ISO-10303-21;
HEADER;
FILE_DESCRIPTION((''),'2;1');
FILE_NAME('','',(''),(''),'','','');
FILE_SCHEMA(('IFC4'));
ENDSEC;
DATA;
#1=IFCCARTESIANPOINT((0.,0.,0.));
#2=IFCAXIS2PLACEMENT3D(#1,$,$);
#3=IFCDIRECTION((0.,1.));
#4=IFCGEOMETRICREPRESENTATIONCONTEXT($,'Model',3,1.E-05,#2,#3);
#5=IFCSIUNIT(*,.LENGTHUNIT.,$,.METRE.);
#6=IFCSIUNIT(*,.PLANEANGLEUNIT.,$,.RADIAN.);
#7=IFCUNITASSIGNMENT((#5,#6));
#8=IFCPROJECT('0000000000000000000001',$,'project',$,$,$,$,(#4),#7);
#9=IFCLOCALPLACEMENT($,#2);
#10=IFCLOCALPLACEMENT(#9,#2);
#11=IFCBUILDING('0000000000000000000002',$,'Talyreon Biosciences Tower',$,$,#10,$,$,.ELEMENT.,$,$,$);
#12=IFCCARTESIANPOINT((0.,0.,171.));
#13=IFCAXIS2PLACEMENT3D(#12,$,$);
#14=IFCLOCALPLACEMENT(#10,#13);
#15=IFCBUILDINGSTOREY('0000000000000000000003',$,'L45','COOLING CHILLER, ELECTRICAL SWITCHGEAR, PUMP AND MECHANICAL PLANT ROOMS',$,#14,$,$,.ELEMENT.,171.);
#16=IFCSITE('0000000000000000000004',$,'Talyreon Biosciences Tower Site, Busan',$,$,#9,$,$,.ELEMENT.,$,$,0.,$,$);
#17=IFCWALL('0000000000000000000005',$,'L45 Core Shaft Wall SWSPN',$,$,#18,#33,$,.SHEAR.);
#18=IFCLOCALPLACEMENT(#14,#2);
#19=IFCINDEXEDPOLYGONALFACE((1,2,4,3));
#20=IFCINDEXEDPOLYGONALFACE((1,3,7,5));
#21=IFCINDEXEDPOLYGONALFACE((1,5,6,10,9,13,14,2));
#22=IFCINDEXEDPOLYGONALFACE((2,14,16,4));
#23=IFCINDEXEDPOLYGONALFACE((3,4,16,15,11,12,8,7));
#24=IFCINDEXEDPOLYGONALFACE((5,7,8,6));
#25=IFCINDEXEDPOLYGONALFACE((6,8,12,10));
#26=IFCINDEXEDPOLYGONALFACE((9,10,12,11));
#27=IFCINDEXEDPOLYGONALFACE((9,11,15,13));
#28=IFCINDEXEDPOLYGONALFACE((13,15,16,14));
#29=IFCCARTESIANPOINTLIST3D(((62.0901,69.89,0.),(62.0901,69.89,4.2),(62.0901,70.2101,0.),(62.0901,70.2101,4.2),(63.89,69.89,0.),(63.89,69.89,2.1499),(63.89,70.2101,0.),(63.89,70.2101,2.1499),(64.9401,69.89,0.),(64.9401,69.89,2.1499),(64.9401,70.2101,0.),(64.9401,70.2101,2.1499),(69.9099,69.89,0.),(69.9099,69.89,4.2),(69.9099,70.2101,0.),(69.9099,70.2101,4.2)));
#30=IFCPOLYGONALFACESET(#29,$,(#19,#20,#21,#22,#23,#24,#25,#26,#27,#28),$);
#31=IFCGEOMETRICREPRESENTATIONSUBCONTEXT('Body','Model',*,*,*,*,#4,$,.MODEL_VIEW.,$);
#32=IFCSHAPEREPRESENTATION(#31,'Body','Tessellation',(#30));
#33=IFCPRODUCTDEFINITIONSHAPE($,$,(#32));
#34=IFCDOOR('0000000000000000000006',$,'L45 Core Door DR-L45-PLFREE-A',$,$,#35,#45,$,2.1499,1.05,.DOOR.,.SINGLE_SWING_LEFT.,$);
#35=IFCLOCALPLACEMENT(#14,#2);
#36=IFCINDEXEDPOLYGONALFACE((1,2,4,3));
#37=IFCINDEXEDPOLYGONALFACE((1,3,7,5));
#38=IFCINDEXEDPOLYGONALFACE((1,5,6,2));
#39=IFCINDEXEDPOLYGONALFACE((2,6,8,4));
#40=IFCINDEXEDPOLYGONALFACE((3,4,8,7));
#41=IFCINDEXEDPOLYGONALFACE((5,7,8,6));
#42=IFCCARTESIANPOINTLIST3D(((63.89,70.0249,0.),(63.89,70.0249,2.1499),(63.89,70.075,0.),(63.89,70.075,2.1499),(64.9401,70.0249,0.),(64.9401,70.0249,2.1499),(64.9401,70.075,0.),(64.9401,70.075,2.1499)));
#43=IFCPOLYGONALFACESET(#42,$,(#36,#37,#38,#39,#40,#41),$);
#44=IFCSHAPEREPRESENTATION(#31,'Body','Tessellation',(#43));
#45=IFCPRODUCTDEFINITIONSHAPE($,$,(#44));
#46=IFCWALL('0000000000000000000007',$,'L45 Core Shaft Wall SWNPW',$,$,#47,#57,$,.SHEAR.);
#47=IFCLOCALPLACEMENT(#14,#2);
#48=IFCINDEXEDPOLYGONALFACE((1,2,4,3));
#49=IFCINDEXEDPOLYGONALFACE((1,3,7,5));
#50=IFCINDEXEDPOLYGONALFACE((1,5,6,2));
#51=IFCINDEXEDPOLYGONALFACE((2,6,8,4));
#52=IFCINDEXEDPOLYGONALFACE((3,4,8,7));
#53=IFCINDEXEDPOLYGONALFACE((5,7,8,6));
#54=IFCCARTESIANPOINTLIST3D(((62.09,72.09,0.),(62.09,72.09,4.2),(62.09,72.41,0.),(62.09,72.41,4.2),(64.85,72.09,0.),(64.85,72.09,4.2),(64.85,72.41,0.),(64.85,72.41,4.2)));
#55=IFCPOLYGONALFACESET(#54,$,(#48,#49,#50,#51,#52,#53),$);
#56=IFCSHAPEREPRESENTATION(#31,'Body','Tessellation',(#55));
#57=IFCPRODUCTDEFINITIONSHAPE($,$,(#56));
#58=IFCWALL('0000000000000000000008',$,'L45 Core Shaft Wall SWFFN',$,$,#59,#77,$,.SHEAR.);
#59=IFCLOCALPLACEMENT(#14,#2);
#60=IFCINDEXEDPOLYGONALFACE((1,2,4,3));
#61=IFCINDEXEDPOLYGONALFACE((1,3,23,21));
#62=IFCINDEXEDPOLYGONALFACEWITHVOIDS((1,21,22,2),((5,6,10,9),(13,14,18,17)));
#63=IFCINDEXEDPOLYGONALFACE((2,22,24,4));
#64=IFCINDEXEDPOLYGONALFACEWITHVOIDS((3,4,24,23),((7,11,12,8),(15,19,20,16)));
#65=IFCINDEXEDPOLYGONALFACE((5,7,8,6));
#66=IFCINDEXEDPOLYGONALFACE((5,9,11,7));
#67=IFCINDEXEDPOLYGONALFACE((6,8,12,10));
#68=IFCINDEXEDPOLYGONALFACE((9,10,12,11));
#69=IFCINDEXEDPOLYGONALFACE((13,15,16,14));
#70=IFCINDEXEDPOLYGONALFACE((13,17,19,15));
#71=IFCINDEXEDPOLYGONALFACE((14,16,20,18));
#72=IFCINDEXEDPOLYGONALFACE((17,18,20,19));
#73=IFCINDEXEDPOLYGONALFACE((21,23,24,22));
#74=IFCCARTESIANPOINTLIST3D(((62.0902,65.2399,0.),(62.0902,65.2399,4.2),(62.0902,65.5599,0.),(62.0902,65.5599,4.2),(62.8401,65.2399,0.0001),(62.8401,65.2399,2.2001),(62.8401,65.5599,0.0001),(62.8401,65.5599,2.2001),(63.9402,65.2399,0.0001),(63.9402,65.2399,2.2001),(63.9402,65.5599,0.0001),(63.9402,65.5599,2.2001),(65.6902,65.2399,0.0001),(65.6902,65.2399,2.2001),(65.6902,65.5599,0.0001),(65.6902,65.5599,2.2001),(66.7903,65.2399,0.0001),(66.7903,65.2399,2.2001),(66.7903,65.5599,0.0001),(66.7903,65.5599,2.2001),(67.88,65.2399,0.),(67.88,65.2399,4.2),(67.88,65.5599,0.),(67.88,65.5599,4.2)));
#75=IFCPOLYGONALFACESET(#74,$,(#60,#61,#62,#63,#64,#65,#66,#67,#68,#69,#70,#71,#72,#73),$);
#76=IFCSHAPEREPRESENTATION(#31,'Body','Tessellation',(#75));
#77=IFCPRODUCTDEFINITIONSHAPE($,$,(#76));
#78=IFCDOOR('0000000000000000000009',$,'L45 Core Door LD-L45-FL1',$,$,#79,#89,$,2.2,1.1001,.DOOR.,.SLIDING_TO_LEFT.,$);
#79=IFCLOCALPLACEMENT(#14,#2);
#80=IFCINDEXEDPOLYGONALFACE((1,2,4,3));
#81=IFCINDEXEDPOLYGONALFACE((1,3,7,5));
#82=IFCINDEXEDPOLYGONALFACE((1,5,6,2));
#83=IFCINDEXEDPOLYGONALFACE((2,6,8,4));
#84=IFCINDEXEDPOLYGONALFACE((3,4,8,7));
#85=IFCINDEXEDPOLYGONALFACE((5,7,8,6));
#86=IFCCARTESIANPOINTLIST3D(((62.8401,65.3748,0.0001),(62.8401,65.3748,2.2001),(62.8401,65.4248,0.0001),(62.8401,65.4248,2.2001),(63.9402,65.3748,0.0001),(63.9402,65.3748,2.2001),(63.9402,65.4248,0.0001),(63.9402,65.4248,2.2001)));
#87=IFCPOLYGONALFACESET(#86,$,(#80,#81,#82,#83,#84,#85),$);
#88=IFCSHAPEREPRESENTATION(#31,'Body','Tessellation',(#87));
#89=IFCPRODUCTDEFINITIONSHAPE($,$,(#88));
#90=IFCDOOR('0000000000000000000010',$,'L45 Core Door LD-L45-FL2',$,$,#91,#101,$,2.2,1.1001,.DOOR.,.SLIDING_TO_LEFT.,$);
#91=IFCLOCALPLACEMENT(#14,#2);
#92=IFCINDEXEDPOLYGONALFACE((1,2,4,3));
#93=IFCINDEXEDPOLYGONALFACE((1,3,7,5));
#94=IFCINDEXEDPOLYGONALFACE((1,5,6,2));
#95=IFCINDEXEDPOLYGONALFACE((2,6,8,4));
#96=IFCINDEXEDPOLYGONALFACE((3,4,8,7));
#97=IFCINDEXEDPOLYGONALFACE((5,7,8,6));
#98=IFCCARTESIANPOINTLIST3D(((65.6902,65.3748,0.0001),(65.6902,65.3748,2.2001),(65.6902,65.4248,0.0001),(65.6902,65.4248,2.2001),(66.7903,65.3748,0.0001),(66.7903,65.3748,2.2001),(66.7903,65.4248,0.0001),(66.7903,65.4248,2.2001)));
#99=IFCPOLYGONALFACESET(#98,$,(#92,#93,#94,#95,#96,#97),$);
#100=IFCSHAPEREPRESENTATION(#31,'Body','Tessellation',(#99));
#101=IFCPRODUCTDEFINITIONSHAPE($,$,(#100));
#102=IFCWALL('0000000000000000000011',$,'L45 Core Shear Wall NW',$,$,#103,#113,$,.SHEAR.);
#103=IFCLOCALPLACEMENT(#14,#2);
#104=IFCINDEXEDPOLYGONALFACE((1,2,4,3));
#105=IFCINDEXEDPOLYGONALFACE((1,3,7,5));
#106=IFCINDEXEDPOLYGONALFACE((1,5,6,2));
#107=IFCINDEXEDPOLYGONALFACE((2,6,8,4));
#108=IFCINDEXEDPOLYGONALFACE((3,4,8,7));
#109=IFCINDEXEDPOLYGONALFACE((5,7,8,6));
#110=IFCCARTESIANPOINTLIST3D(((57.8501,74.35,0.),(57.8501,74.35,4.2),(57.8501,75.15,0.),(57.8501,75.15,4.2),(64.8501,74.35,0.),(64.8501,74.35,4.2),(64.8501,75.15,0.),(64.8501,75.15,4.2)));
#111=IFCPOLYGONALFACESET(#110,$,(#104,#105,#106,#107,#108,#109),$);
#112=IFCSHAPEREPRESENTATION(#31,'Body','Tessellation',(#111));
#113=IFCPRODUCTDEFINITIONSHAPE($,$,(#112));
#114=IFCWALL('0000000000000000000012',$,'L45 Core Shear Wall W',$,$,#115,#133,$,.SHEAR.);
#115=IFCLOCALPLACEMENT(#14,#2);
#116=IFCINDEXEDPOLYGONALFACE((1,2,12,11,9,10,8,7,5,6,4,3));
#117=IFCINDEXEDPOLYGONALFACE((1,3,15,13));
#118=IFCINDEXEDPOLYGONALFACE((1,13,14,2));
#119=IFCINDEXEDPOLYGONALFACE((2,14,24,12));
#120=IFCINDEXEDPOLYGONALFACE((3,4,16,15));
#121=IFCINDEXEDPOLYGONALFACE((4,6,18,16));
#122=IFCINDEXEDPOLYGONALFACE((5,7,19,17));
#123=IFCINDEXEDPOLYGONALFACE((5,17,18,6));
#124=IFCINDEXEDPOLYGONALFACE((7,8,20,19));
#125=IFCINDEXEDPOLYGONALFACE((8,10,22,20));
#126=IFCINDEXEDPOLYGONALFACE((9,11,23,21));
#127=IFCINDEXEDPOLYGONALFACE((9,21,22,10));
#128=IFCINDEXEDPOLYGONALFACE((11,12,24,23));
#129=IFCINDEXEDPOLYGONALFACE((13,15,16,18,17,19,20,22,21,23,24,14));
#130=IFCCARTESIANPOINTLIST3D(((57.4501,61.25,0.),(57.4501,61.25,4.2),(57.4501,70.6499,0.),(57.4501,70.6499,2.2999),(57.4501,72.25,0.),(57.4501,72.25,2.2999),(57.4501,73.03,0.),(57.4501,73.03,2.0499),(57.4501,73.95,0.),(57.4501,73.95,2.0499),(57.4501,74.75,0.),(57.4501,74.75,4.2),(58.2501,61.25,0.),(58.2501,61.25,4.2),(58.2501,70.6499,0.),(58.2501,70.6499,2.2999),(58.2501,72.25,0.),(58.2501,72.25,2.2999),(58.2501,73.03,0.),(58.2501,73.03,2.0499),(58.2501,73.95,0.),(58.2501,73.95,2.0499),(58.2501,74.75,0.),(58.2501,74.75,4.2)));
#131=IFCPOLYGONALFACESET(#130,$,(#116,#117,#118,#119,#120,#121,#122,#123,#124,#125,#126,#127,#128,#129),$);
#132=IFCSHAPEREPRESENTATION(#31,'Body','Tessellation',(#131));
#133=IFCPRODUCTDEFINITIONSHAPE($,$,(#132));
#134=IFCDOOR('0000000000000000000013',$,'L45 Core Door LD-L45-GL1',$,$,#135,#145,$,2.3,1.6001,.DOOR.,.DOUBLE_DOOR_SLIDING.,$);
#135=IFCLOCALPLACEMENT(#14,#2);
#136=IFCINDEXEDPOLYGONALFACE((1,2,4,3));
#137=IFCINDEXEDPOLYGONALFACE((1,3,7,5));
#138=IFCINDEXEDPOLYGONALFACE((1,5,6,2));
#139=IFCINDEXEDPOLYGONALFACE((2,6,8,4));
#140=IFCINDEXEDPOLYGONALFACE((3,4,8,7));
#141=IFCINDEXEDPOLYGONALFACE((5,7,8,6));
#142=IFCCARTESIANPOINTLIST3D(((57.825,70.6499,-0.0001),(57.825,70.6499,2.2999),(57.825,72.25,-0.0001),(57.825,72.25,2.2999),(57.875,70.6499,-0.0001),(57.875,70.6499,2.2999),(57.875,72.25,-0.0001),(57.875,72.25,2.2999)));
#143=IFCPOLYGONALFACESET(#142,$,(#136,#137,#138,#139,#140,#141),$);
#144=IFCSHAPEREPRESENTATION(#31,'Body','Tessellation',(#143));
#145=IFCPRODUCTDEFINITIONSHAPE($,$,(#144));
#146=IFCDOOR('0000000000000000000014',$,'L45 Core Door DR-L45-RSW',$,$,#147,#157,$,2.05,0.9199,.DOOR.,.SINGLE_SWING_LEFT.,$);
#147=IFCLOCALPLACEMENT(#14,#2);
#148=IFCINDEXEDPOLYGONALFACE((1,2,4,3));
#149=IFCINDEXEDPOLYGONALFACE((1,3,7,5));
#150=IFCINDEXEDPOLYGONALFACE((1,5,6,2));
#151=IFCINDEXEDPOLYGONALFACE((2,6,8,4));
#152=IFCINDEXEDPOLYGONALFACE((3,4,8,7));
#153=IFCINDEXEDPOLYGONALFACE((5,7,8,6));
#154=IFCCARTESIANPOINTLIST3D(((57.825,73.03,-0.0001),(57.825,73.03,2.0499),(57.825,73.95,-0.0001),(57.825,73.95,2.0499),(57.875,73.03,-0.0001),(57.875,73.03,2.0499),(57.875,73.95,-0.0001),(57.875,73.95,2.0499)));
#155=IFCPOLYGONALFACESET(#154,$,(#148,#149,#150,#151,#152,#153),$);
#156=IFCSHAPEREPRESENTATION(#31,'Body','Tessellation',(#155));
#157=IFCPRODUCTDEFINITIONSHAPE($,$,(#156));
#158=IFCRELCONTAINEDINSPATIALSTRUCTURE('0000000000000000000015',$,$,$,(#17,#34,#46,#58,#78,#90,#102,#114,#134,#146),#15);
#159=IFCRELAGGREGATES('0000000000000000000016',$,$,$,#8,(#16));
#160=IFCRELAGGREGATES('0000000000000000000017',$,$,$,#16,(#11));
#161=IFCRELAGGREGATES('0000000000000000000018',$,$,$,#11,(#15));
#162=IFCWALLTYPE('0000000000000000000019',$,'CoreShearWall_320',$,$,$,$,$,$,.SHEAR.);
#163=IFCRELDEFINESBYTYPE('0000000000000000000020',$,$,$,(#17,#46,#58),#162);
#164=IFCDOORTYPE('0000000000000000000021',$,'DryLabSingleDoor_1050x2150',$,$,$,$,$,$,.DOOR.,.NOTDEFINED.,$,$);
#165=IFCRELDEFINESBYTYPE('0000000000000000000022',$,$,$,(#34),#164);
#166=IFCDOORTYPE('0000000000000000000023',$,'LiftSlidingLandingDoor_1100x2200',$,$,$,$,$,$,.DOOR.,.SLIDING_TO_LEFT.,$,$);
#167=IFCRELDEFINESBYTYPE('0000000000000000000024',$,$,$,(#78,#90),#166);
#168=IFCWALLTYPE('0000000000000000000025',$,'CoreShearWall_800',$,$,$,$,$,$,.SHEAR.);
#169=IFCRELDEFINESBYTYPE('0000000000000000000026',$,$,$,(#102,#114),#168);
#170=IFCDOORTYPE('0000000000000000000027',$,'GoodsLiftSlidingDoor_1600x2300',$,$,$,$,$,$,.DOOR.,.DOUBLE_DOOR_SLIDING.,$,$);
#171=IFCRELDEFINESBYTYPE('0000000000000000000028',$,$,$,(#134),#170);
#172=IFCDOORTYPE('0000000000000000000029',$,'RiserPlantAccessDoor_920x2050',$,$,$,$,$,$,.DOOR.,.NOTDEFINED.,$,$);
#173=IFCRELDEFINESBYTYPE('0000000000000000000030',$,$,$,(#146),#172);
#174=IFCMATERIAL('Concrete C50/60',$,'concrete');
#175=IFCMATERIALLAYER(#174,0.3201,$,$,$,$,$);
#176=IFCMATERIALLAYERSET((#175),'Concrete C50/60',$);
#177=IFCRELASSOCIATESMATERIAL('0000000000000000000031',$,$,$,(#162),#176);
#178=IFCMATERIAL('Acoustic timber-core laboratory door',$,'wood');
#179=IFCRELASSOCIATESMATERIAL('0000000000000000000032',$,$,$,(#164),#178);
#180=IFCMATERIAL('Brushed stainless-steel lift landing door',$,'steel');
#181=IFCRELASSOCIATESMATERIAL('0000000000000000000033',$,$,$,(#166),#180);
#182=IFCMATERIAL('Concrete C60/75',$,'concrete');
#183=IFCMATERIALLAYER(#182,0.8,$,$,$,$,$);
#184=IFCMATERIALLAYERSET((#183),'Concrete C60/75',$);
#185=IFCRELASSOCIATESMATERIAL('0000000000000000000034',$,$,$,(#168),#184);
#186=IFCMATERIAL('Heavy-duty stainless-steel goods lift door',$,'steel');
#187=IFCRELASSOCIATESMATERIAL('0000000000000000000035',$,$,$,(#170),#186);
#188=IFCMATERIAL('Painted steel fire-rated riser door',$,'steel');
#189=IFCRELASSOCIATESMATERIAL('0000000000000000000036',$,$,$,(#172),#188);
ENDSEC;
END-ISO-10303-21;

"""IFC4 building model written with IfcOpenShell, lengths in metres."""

from ifc_helpers import new_model, si_unit, direction, frame, frame_2d, origin, place, context, subcontext, project, spatial, rectangle, extrude, material, layer, layer_set, type_object, element, fill, save


model = new_model("IFC4")

# Units and contexts
model_context = context("Model", 3, precision=1e-05, world=origin(), true_north=direction((0.0, 1.0)))
body_context = subcontext(model_context, "Body", "Model", "MODEL_VIEW")
ifc_project = project(units=[si_unit("LENGTHUNIT", "METRE"), si_unit("PLANEANGLEUNIT", "RADIAN")], contexts=[model_context])

# Site, building, storey
site_placement = place(None, origin())
site = spatial("IfcSite", under=ifc_project, at=site_placement, Name="Talyreon Biosciences Tower Site, Busan", CompositionType="ELEMENT", RefElevation=0.0)
building_placement = place(site_placement, origin())
building = spatial("IfcBuilding", under=site, at=building_placement, Name="Talyreon Biosciences Tower", CompositionType="ELEMENT")
storey_placement = place(building_placement, frame((0.0, 0.0, 171.0)))
storey = spatial("IfcBuildingStorey", under=building, at=storey_placement, Name="L45", Description="COOLING CHILLER, ELECTRICAL SWITCHGEAR, PUMP AND MECHANICAL PLANT ROOMS", CompositionType="ELEMENT", Elevation=171.0)

# Shared definitions
ifc_material_1 = material(Name="Concrete C50/60", Category="concrete")

# Shared definitions
ifc_material_2 = material(Name="Concrete C60/75", Category="concrete")

# Shared definitions
ifc_layer_1 = layer(ifc_material_1, 0.3201)
ifc_layer_set_1 = layer_set([ifc_layer_1], Name="Concrete C50/60")
wall_type_1 = type_object("IfcWallType", Name="CoreShearWall_320", PredefinedType="SHEAR", material=ifc_layer_set_1)

# Wall, opening, door
wall_1_placement = place(storey_placement, frame((62.0901, 70.05, 0.0), z_axis=(0.0, 0.0, 1.0), x_axis=(1.0, 0.0, 0.0)))
wall_1 = element("IfcWall", 1, at=wall_1_placement, inside=storey, type_object=wall_type_1, Name="L45 Core Shaft Wall SWSPN", PredefinedType="SHEAR", context=body_context, shape_type="SweptSolid", body=[
    extrude(rectangle(XDim=7.8198, YDim=0.3201, at=frame_2d((3.9099, 0.0))), origin(), (0.0, 0.0, 1.0), 4.2),
])
opening_1_placement = place(wall_1_placement, frame((1.8, 0.0, 0.0)))
opening_1 = element("IfcOpeningElement", 2, at=opening_1_placement, cuts=wall_1, PredefinedType="OPENING", context=body_context, shape_type="SweptSolid", body=[
    extrude(rectangle(XDim=1.05, YDim=2.1499, at=frame_2d((0.5249, 1.075))), frame((0.0, 0.1699, 0.0), z_axis=(0.0, -1.0, 0.0), x_axis=(1.0, 0.0, 0.0)), (0.0, 0.0, 1.0), 0.3401),
])
ifc_material_3 = material(Name="Acoustic timber-core laboratory door", Category="wood")
door_type_1 = type_object("IfcDoorType", Name="DryLabSingleDoor_1050x2150", OperationType="NOTDEFINED", PredefinedType="DOOR", material=ifc_material_3)
door_1_placement = place(opening_1_placement, origin())
door_1 = element("IfcDoor", 3, at=door_1_placement, inside=storey, type_object=door_type_1, Name="L45 Core Door DR-L45-PLFREE-A", OperationType="SINGLE_SWING_LEFT", OverallHeight=2.1499, OverallWidth=1.05, PredefinedType="DOOR", context=body_context, shape_type="SweptSolid", body=[
    extrude(rectangle(XDim=1.05, YDim=2.1499, at=frame_2d((0.5249, 1.075))), frame((0.0, 0.0249, 0.0), z_axis=(0.0, -1.0, 0.0), x_axis=(1.0, 0.0, 0.0)), (0.0, 0.0, 1.0), 0.05),
])
fill(opening_1, door_1)

# Wall
wall_2_placement = place(storey_placement, frame((62.0901, 72.25, 0.0), z_axis=(0.0, 0.0, 1.0), x_axis=(1.0, 0.0, 0.0)))
element("IfcWall", 4, at=wall_2_placement, inside=storey, type_object=wall_type_1, Name="L45 Core Shaft Wall SWNPW", PredefinedType="SHEAR", context=body_context, shape_type="SweptSolid", body=[
    extrude(rectangle(XDim=2.76, YDim=0.3201, at=frame_2d((1.3799, 0.0))), origin(), (0.0, 0.0, 1.0), 4.2),
])

# Wall, openings, doors
wall_3_placement = place(storey_placement, frame((62.0901, 65.3999, 0.0), z_axis=(0.0, 0.0, 1.0), x_axis=(1.0, 0.0, 0.0)))
wall_3 = element("IfcWall", 5, at=wall_3_placement, inside=storey, type_object=wall_type_1, Name="L45 Core Shaft Wall SWFFN", PredefinedType="SHEAR", context=body_context, shape_type="SweptSolid", body=[
    extrude(rectangle(XDim=5.7898, YDim=0.3201, at=frame_2d((2.895, 0.0))), origin(), (0.0, 0.0, 1.0), 4.2),
])
opening_2_placement = place(wall_3_placement, frame((0.75, 0.0, 0.0)))
opening_2 = element("IfcOpeningElement", 6, at=opening_2_placement, cuts=wall_3, PredefinedType="OPENING", context=body_context, shape_type="SweptSolid", body=[
    extrude(rectangle(XDim=1.1001, YDim=2.2, at=frame_2d((0.55, 1.1001))), frame((0.0, 0.1699, 0.0), z_axis=(0.0, -1.0, 0.0), x_axis=(1.0, 0.0, 0.0)), (0.0, 0.0, 1.0), 0.3401),
])
opening_3_placement = place(wall_3_placement, frame((3.6001, 0.0, 0.0)))
opening_3 = element("IfcOpeningElement", 7, at=opening_3_placement, cuts=wall_3, PredefinedType="OPENING", context=body_context, shape_type="SweptSolid", body=[
    extrude(rectangle(XDim=1.1001, YDim=2.2, at=frame_2d((0.55, 1.1001))), frame((0.0, 0.1699, 0.0), z_axis=(0.0, -1.0, 0.0), x_axis=(1.0, 0.0, 0.0)), (0.0, 0.0, 1.0), 0.3401),
])
ifc_material_4 = material(Name="Brushed stainless-steel lift landing door", Category="steel")
door_type_2 = type_object("IfcDoorType", Name="LiftSlidingLandingDoor_1100x2200", OperationType="SLIDING_TO_LEFT", PredefinedType="DOOR", material=ifc_material_4)
door_2_placement = place(opening_2_placement, origin())
door_2 = element("IfcDoor", 8, at=door_2_placement, inside=storey, type_object=door_type_2, Name="L45 Core Door LD-L45-FL1", OperationType="SLIDING_TO_LEFT", OverallHeight=2.2, OverallWidth=1.1001, PredefinedType="DOOR", context=body_context, shape_type="SweptSolid", body=[
    extrude(rectangle(XDim=1.1001, YDim=2.2, at=frame_2d((0.55, 1.1001))), frame((0.0, 0.0249, 0.0), z_axis=(0.0, -1.0, 0.0), x_axis=(1.0, 0.0, 0.0)), (0.0, 0.0, 1.0), 0.05),
])
fill(opening_2, door_2)
door_3_placement = place(opening_3_placement, origin())
door_3 = element("IfcDoor", 9, at=door_3_placement, inside=storey, type_object=door_type_2, Name="L45 Core Door LD-L45-FL2", OperationType="SLIDING_TO_LEFT", OverallHeight=2.2, OverallWidth=1.1001, PredefinedType="DOOR", context=body_context, shape_type="SweptSolid", body=[
    extrude(rectangle(XDim=1.1001, YDim=2.2, at=frame_2d((0.55, 1.1001))), frame((0.0, 0.0249, 0.0), z_axis=(0.0, -1.0, 0.0), x_axis=(1.0, 0.0, 0.0)), (0.0, 0.0, 1.0), 0.05),
])
fill(opening_3, door_3)

# Wall
ifc_layer_2 = layer(ifc_material_2, 0.8)
ifc_layer_set_2 = layer_set([ifc_layer_2], Name="Concrete C60/75")
wall_type_2 = type_object("IfcWallType", Name="CoreShearWall_800", PredefinedType="SHEAR", material=ifc_layer_set_2)
wall_4_placement = place(storey_placement, frame((64.8501, 74.75, 0.0), z_axis=(0.0, 0.0, 1.0), x_axis=(-1.0, 0.0, 0.0)))
element("IfcWall", 10, at=wall_4_placement, inside=storey, type_object=wall_type_2, Name="L45 Core Shear Wall NW", PredefinedType="SHEAR", context=body_context, shape_type="SweptSolid", body=[
    extrude(rectangle(XDim=7.0, YDim=0.8, at=frame_2d((3.5, 0.0))), origin(), (0.0, 0.0, 1.0), 4.2),
])

# Wall, openings, doors
wall_5_placement = place(storey_placement, frame((57.8501, 74.75, 0.0), z_axis=(0.0, 0.0, 1.0), x_axis=(0.0, -1.0, 0.0)))
wall_5 = element("IfcWall", 11, at=wall_5_placement, inside=storey, type_object=wall_type_2, Name="L45 Core Shear Wall W", PredefinedType="SHEAR", context=body_context, shape_type="SweptSolid", body=[
    extrude(rectangle(XDim=13.5, YDim=0.8, at=frame_2d((6.75, 0.0))), origin(), (0.0, 0.0, 1.0), 4.2),
])
opening_4_placement = place(wall_5_placement, frame((0.8, 0.0, 0.0)))
opening_4 = element("IfcOpeningElement", 12, at=opening_4_placement, cuts=wall_5, PredefinedType="OPENING", context=body_context, shape_type="SweptSolid", body=[
    extrude(rectangle(XDim=0.9199, YDim=2.05, at=frame_2d((0.46, 1.0249))), frame((0.0, 0.4099, 0.0), z_axis=(0.0, -1.0, 0.0), x_axis=(1.0, 0.0, 0.0)), (0.0, 0.0, 1.0), 0.8201),
])
opening_5_placement = place(wall_5_placement, frame((2.5, 0.0, 0.0)))
opening_5 = element("IfcOpeningElement", 13, at=opening_5_placement, cuts=wall_5, PredefinedType="OPENING", context=body_context, shape_type="SweptSolid", body=[
    extrude(rectangle(XDim=1.6001, YDim=2.3, at=frame_2d((0.8, 1.1499))), frame((0.0, 0.4099, 0.0), z_axis=(0.0, -1.0, 0.0), x_axis=(1.0, 0.0, 0.0)), (0.0, 0.0, 1.0), 0.8201),
])
ifc_material_5 = material(Name="Heavy-duty stainless-steel goods lift door", Category="steel")
door_type_3 = type_object("IfcDoorType", Name="GoodsLiftSlidingDoor_1600x2300", OperationType="DOUBLE_DOOR_SLIDING", PredefinedType="DOOR", material=ifc_material_5)
door_4_placement = place(opening_5_placement, origin())
door_4 = element("IfcDoor", 14, at=door_4_placement, inside=storey, type_object=door_type_3, Name="L45 Core Door LD-L45-GL1", OperationType="DOUBLE_DOOR_SLIDING", OverallHeight=2.3, OverallWidth=1.6001, PredefinedType="DOOR", context=body_context, shape_type="SweptSolid", body=[
    extrude(rectangle(XDim=1.6001, YDim=2.3, at=frame_2d((0.8, 1.1499))), frame((0.0, 0.0249, 0.0), z_axis=(0.0, -1.0, 0.0), x_axis=(1.0, 0.0, 0.0)), (0.0, 0.0, 1.0), 0.05),
])
fill(opening_5, door_4)
ifc_material_6 = material(Name="Painted steel fire-rated riser door", Category="steel")
door_type_4 = type_object("IfcDoorType", Name="RiserPlantAccessDoor_920x2050", OperationType="NOTDEFINED", PredefinedType="DOOR", material=ifc_material_6)
door_5_placement = place(opening_4_placement, origin())
door_5 = element("IfcDoor", 15, at=door_5_placement, inside=storey, type_object=door_type_4, Name="L45 Core Door DR-L45-RSW", OperationType="SINGLE_SWING_LEFT", OverallHeight=2.05, OverallWidth=0.9199, PredefinedType="DOOR", context=body_context, shape_type="SweptSolid", body=[
    extrude(rectangle(XDim=0.9199, YDim=2.05, at=frame_2d((0.46, 1.0249))), frame((0.0, 0.0249, 0.0), z_axis=(0.0, -1.0, 0.0), x_axis=(1.0, 0.0, 0.0)), (0.0, 0.0, 1.0), 0.05),
])
fill(opening_4, door_5)

save(model, "model.ifc")
